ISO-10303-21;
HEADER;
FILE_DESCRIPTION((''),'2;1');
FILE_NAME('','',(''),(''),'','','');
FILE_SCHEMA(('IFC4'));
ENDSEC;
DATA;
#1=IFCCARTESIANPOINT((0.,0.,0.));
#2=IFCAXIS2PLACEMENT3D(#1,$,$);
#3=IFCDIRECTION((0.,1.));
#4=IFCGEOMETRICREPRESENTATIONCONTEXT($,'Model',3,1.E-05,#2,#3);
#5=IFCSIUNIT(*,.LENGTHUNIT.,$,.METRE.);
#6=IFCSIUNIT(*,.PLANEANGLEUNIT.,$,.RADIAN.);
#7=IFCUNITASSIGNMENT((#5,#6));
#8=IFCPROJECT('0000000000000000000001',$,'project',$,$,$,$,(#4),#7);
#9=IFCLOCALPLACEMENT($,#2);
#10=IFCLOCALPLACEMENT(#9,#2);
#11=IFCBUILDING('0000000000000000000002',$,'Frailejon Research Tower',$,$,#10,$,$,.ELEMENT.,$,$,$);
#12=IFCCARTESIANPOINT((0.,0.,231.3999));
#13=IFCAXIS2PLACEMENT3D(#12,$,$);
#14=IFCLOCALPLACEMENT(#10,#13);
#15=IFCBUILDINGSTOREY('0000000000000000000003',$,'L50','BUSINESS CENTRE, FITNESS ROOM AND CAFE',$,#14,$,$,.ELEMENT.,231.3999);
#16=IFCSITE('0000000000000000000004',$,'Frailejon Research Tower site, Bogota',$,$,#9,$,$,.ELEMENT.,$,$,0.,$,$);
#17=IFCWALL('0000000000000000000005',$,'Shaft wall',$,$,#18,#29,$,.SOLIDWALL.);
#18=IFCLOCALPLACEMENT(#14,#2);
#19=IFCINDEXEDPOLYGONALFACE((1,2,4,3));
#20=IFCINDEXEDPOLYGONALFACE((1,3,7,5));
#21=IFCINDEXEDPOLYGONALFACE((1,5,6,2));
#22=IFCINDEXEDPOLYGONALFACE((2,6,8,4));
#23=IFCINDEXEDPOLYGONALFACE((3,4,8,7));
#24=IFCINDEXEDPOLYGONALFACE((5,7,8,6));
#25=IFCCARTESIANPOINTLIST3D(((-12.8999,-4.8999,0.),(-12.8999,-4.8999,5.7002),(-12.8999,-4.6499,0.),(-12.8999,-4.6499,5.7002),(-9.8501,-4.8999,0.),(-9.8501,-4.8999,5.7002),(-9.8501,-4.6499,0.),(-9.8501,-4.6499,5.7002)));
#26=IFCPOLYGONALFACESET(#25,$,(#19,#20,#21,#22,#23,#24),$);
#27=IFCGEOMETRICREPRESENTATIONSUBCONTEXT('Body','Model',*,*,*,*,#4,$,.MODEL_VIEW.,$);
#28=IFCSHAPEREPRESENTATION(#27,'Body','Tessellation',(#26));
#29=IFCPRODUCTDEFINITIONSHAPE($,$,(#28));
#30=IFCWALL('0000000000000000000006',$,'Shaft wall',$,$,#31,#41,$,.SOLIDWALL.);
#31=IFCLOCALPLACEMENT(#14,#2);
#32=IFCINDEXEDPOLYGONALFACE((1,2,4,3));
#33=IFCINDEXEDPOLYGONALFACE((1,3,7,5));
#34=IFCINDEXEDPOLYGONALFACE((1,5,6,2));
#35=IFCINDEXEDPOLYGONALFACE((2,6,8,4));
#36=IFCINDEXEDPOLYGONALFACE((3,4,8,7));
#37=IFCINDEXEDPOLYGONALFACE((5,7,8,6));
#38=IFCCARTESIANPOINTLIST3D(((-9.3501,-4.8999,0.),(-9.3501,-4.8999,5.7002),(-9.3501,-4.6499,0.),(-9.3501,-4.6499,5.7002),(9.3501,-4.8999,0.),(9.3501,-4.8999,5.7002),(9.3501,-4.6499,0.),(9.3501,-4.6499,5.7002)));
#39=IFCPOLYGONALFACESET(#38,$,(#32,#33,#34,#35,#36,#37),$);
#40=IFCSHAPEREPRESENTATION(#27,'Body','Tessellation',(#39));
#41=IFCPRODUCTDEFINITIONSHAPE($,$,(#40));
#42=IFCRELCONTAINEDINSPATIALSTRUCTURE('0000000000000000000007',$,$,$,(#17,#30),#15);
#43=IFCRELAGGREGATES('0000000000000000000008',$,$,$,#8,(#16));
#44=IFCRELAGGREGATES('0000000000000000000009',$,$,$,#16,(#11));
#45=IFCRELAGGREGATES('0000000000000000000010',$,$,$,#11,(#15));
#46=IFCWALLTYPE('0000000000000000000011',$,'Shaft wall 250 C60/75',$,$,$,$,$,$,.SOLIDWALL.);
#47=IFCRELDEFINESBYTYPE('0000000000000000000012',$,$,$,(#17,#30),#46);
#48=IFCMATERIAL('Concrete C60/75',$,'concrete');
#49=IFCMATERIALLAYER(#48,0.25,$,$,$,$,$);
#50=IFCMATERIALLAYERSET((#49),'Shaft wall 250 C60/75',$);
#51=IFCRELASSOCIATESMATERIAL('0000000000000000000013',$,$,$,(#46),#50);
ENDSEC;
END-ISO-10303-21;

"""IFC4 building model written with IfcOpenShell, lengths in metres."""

from ifc_helpers import new_model, si_unit, direction, frame, frame_2d, origin, place, context, subcontext, project, spatial, rectangle, extrude, material, layer, layer_set, type_object, element, save


model = new_model("IFC4")

# Units and contexts
model_context = context("Model", 3, precision=1e-05, world=origin(), true_north=direction((0.0, 1.0)))
body_context = subcontext(model_context, "Body", "Model", "MODEL_VIEW")
ifc_project = project(units=[si_unit("LENGTHUNIT", "METRE"), si_unit("PLANEANGLEUNIT", "RADIAN")], contexts=[model_context])

# Site, building, storey
site_placement = place(None, origin())
site = spatial("IfcSite", under=ifc_project, at=site_placement, Name="Frailejon Research Tower site, Bogota", CompositionType="ELEMENT", RefElevation=0.0)
building_placement = place(site_placement, origin())
building = spatial("IfcBuilding", under=site, at=building_placement, Name="Frailejon Research Tower", CompositionType="ELEMENT")
storey_placement = place(building_placement, frame((0.0, 0.0, 231.3999)))
storey = spatial("IfcBuildingStorey", under=building, at=storey_placement, Name="L50", Description="BUSINESS CENTRE, FITNESS ROOM AND CAFE", CompositionType="ELEMENT", Elevation=231.3999)

# Shared definitions
ifc_material_1 = material(Name="Concrete C60/75", Category="concrete")
ifc_layer_1 = layer(ifc_material_1, 0.25)
ifc_layer_set_1 = layer_set([ifc_layer_1], Name="Shaft wall 250 C60/75")
wall_type_1 = type_object("IfcWallType", Name="Shaft wall 250 C60/75", PredefinedType="SOLIDWALL", material=ifc_layer_set_1)

# Walls
wall_1_placement = place(storey_placement, frame((-12.8999, -4.7749, 0.0), z_axis=(0.0, 0.0, 1.0), x_axis=(1.0, 0.0, 0.0)))
element("IfcWall", 1, at=wall_1_placement, inside=storey, type_object=wall_type_1, Name="Shaft wall", PredefinedType="SOLIDWALL", context=body_context, shape_type="SweptSolid", body=[
    extrude(rectangle(XDim=3.0498, YDim=0.25, at=frame_2d((1.5249, 0.0))), origin(), (0.0, 0.0, 1.0), 5.7002),
])
wall_2_placement = place(storey_placement, frame((-9.3501, -4.7749, 0.0), z_axis=(0.0, 0.0, 1.0), x_axis=(1.0, 0.0, 0.0)))
element("IfcWall", 2, at=wall_2_placement, inside=storey, type_object=wall_type_1, Name="Shaft wall", PredefinedType="SOLIDWALL", context=body_context, shape_type="SweptSolid", body=[
    extrude(rectangle(XDim=18.7002, YDim=0.25, at=frame_2d((9.3501, 0.0))), origin(), (0.0, 0.0, 1.0), 5.7002),
])

save(model, "model.ifc")
